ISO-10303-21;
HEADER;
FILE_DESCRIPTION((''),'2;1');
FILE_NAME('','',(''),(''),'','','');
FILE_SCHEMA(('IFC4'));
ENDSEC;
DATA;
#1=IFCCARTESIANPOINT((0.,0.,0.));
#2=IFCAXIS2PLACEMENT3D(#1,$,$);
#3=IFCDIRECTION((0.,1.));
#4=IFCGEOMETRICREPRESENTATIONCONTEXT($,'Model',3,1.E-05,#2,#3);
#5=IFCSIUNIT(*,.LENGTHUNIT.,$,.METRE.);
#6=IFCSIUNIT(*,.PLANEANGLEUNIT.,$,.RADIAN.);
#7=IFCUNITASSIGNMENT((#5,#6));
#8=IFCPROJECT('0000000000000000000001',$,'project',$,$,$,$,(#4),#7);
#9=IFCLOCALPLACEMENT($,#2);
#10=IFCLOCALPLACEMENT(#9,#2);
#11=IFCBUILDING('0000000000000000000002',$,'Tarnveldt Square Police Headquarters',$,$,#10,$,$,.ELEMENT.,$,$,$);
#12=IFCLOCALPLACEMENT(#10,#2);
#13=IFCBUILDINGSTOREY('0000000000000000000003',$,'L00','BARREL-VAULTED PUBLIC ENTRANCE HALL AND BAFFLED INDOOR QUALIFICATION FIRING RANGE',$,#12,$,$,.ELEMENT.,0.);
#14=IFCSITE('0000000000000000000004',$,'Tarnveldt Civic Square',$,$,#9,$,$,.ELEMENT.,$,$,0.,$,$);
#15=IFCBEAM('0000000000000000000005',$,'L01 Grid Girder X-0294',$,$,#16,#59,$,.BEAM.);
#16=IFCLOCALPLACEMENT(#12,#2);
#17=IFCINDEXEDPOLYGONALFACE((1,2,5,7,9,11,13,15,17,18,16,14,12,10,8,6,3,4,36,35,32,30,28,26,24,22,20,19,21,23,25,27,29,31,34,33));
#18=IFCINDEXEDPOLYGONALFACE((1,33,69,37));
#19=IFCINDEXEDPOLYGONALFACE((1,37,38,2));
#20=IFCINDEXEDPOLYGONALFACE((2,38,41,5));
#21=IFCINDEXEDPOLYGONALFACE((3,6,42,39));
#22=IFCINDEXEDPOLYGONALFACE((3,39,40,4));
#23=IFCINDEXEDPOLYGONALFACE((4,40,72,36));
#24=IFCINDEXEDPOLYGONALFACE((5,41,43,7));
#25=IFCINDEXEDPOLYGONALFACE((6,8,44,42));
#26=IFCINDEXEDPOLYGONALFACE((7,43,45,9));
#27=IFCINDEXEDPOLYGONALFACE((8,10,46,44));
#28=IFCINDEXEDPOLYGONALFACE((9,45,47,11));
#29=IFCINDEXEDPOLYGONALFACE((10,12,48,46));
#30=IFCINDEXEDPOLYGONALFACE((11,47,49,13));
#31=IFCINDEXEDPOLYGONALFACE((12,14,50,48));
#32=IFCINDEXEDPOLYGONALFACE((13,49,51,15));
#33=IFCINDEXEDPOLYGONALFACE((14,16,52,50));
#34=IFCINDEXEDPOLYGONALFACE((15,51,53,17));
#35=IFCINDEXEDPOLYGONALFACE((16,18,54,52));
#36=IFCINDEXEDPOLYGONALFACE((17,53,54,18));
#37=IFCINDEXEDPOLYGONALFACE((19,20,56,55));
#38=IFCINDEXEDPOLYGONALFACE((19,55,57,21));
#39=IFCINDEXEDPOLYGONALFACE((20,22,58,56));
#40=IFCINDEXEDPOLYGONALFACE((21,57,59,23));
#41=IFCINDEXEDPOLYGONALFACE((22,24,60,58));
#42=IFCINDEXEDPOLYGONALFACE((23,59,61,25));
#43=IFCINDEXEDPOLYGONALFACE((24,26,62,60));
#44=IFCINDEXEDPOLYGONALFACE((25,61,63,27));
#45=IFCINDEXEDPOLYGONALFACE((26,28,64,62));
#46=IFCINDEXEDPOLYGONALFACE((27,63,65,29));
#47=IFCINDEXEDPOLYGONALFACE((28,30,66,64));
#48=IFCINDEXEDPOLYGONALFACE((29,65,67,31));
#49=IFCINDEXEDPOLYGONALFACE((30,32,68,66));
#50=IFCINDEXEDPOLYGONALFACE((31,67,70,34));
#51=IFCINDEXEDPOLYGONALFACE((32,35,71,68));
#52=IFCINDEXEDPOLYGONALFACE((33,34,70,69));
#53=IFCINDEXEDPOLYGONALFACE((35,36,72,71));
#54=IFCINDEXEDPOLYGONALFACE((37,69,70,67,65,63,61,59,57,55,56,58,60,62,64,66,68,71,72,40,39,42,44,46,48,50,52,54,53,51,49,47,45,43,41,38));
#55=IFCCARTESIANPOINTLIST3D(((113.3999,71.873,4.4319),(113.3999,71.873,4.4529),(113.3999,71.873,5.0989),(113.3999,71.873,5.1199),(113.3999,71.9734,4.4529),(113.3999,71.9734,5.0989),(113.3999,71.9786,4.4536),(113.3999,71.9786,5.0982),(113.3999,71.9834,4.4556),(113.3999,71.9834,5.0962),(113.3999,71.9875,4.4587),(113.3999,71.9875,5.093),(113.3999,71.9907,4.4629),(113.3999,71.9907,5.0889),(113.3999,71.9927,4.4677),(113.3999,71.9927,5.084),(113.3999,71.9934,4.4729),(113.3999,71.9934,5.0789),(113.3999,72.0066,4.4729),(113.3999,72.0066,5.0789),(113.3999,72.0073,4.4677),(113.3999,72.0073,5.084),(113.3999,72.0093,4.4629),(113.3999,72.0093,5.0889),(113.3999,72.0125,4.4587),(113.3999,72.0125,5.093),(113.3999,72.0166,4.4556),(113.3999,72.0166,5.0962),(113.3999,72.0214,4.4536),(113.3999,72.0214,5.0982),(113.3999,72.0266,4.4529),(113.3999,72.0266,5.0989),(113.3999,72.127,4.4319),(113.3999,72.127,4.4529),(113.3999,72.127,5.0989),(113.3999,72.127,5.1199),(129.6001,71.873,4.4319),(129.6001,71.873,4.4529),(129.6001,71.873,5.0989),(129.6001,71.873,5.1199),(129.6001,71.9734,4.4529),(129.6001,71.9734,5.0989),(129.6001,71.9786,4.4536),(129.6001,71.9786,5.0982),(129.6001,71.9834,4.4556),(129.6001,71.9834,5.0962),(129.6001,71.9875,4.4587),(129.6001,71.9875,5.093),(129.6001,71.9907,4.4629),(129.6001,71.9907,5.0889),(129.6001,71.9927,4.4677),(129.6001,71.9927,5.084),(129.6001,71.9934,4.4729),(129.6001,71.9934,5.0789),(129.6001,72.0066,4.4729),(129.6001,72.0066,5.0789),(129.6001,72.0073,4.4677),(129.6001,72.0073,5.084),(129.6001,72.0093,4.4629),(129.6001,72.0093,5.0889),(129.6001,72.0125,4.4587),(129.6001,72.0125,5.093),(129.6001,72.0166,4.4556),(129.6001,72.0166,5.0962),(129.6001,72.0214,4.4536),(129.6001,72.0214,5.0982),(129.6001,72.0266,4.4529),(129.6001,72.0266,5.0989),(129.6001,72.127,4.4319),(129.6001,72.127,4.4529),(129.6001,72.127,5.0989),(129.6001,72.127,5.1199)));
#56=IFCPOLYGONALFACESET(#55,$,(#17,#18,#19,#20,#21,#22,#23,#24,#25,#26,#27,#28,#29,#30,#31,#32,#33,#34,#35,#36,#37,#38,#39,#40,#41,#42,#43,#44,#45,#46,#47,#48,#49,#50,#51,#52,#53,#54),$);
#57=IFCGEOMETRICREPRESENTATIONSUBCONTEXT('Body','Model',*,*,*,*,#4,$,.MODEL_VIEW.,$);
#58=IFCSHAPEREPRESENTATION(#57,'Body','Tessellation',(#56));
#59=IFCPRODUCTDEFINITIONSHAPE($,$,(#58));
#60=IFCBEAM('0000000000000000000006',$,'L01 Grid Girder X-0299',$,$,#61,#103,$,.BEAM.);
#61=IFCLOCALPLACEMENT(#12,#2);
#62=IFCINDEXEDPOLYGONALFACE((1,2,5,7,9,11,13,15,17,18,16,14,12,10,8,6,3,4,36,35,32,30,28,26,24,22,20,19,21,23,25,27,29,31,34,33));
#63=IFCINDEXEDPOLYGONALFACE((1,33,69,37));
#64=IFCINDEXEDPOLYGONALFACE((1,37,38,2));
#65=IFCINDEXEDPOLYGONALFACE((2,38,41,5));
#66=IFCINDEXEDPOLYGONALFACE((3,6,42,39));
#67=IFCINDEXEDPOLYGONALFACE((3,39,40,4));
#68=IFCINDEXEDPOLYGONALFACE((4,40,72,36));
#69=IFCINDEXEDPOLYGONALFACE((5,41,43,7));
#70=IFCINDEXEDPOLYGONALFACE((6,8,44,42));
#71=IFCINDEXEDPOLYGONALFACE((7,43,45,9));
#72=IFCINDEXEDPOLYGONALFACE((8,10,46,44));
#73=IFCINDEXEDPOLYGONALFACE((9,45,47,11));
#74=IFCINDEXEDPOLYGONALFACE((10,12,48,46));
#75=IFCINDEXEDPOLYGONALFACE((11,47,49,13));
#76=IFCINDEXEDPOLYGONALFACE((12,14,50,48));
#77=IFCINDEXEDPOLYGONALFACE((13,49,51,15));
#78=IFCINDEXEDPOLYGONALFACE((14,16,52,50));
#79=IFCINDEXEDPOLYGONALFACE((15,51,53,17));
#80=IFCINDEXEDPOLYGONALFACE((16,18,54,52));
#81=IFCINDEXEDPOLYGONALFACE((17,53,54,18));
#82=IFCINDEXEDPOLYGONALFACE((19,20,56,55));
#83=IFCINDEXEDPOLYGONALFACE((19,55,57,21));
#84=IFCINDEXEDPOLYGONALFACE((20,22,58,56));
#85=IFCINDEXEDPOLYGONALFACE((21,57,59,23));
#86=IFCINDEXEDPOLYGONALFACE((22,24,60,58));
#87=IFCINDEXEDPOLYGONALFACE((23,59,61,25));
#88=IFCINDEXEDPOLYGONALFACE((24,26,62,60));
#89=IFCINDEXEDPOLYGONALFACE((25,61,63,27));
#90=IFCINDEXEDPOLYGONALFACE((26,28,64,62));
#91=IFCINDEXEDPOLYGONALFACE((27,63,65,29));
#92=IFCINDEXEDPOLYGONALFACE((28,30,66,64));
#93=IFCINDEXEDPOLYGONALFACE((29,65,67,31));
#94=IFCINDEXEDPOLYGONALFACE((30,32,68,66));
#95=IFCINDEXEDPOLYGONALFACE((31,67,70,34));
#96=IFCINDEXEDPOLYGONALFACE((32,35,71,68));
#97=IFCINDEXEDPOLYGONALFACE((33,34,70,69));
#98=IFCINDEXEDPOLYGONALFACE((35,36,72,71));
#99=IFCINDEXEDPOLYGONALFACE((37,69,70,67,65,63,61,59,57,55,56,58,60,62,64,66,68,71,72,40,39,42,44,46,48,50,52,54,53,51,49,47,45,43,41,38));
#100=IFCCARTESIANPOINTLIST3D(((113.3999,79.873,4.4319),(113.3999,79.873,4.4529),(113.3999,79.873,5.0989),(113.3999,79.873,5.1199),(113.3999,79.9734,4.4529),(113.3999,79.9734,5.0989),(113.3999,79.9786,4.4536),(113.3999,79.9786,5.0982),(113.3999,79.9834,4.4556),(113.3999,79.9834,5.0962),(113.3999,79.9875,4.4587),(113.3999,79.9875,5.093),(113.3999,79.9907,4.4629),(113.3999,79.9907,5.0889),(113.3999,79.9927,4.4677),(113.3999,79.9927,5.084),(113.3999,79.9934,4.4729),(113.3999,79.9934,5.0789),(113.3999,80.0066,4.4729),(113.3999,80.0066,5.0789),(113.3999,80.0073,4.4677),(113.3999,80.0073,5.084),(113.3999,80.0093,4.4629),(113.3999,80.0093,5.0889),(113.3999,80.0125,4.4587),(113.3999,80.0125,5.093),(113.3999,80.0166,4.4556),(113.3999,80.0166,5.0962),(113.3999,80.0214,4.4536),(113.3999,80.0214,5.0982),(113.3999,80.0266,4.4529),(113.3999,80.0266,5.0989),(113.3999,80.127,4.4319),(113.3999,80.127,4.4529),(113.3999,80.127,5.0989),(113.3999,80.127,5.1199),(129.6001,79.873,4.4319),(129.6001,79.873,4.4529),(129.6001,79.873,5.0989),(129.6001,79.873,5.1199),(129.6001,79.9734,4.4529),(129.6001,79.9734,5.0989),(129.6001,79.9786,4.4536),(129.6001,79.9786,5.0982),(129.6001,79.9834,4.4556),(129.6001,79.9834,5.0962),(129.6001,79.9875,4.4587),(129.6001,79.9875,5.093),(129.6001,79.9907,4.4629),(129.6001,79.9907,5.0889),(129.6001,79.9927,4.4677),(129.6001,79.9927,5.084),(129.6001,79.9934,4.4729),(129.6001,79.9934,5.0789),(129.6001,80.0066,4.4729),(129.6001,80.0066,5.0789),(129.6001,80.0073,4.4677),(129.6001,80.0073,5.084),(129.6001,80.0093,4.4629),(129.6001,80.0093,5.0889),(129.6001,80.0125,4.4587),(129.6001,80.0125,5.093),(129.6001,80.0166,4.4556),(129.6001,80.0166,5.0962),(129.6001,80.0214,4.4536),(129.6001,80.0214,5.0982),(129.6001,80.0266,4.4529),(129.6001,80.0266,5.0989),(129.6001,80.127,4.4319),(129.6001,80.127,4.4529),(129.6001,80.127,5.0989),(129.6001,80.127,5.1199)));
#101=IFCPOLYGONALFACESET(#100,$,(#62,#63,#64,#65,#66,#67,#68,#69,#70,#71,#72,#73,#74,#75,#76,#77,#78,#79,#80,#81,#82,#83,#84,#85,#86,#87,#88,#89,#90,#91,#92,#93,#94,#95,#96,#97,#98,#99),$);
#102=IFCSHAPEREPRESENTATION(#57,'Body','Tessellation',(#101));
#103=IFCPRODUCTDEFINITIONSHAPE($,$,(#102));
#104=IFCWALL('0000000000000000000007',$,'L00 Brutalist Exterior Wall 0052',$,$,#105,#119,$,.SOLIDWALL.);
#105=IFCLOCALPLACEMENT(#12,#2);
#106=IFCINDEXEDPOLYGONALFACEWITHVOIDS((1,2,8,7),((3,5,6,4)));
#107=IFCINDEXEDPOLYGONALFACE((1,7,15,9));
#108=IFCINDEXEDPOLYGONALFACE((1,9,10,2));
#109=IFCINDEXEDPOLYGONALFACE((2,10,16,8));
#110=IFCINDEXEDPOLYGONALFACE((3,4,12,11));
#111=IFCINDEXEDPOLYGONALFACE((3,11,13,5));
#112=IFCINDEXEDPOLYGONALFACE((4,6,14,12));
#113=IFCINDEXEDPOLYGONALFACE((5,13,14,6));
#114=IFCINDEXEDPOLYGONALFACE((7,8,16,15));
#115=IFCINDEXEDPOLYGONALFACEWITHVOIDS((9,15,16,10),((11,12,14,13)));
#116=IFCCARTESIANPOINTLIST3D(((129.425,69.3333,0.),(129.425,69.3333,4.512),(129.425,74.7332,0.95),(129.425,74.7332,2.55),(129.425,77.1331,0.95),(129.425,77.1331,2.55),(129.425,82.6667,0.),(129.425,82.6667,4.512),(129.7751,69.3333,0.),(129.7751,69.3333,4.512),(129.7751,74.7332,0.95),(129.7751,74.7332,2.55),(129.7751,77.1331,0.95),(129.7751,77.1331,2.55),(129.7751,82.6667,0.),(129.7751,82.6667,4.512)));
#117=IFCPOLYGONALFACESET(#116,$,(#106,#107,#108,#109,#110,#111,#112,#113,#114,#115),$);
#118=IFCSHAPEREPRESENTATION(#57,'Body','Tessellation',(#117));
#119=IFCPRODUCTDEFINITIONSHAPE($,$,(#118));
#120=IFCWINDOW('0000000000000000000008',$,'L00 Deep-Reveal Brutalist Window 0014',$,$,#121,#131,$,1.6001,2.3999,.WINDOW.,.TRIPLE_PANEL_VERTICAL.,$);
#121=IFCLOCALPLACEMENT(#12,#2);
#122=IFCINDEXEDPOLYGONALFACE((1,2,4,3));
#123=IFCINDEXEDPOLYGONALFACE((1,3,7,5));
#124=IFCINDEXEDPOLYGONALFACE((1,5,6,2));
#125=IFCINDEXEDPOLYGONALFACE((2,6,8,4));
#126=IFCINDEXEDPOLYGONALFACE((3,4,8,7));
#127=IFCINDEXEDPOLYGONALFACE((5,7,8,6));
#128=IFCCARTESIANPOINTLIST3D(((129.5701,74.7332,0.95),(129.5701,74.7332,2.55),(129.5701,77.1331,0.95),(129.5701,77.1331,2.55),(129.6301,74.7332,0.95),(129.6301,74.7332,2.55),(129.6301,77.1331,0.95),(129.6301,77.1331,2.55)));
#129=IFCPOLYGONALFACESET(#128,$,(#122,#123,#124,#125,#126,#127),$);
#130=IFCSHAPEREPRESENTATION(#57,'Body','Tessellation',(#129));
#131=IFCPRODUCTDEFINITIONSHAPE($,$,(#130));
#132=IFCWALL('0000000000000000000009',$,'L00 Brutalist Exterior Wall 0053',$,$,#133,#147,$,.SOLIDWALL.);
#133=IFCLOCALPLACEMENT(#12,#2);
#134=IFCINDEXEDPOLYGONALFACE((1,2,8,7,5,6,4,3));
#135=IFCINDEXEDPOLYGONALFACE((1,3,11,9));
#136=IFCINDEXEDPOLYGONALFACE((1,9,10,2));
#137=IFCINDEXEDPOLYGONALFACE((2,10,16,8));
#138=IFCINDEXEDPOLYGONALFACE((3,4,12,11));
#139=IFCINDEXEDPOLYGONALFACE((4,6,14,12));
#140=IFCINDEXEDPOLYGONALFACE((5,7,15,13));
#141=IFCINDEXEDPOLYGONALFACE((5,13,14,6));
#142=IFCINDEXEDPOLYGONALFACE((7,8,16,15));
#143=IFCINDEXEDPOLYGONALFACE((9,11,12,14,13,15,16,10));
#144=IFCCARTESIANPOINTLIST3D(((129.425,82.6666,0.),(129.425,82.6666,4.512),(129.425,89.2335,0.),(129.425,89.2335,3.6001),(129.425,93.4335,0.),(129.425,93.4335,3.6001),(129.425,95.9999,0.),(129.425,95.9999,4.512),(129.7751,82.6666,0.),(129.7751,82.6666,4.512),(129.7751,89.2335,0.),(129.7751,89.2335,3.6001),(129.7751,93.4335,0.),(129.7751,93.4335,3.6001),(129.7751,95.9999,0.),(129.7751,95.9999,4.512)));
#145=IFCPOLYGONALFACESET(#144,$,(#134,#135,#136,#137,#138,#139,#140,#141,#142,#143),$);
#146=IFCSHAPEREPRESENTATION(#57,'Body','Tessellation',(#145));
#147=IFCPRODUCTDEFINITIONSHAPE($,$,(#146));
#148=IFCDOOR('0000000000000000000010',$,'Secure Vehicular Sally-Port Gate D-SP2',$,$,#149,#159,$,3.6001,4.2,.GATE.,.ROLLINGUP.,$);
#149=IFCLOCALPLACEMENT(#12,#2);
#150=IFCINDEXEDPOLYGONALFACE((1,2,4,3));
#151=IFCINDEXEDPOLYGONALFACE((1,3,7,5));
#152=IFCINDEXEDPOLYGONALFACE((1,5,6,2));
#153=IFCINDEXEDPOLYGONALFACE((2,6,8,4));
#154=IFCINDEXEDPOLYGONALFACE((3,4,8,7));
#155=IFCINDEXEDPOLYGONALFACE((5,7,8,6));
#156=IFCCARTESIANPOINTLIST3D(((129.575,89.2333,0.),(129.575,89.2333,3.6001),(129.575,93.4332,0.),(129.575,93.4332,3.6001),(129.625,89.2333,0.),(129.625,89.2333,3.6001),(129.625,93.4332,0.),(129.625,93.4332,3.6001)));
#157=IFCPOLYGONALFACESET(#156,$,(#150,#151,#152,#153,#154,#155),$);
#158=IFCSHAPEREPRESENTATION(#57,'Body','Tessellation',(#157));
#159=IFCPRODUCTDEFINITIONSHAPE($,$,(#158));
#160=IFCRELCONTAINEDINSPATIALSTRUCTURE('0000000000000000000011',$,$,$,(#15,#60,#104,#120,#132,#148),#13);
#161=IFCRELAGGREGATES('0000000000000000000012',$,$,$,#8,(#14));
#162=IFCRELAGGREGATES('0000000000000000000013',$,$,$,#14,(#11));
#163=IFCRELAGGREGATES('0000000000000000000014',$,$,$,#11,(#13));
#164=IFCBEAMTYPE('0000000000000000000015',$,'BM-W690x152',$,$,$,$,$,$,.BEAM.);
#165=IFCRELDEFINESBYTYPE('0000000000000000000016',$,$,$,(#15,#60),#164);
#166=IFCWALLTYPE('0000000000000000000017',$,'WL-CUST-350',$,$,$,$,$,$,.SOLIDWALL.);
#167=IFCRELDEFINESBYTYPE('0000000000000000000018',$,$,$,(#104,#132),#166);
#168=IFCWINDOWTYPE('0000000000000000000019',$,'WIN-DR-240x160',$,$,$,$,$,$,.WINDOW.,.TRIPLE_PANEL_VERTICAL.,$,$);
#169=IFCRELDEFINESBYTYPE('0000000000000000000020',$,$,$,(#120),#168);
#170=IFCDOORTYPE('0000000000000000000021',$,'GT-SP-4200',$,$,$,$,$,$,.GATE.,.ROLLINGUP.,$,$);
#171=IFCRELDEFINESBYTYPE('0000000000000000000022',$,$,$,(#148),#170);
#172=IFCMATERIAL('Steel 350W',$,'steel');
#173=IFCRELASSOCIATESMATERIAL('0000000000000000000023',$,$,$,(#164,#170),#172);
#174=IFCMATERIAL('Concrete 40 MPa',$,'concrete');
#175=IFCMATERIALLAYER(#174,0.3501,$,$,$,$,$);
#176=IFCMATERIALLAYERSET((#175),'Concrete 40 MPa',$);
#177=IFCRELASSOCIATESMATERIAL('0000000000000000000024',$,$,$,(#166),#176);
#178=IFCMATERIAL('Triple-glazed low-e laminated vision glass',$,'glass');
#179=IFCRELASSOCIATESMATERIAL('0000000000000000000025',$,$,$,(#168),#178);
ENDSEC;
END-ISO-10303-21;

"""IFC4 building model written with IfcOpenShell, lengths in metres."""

from ifc_helpers import new_model, si_unit, direction, frame, frame_2d, origin, origin_2d, place, context, subcontext, project, spatial, rectangle, i_section, extrude, material, layer, layer_set, material_profile, profile_set, type_object, element, fill, save


model = new_model("IFC4")

# Units and contexts
model_context = context("Model", 3, precision=1e-05, world=origin(), true_north=direction((0.0, 1.0)))
body_context = subcontext(model_context, "Body", "Model", "MODEL_VIEW")
ifc_project = project(units=[si_unit("LENGTHUNIT", "METRE"), si_unit("PLANEANGLEUNIT", "RADIAN")], contexts=[model_context])

# Site, building, storey
site_placement = place(None, origin())
site = spatial("IfcSite", under=ifc_project, at=site_placement, Name="Tarnveldt Civic Square", CompositionType="ELEMENT", RefElevation=0.0)
building_placement = place(site_placement, origin())
building = spatial("IfcBuilding", under=site, at=building_placement, Name="Tarnveldt Square Police Headquarters", CompositionType="ELEMENT")
storey_placement = place(building_placement, origin())
storey = spatial("IfcBuildingStorey", under=building, at=storey_placement, Name="L00", Description="BARREL-VAULTED PUBLIC ENTRANCE HALL AND BAFFLED INDOOR QUALIFICATION FIRING RANGE", CompositionType="ELEMENT", Elevation=0.0)

# Beams
ifc_material_1 = material(Name="Concrete 40 MPa", Category="concrete")
ifc_material_2 = material(Name="Steel 350W", Category="steel")
ifc_material_profile_1 = material_profile(ifc_material_2, i_section(OverallWidth=0.2539, OverallDepth=0.688, WebThickness=0.0132, FlangeThickness=0.021, FilletRadius=0.02, at=origin_2d()), Name="W690x152")
ifc_profile_set_1 = profile_set([ifc_material_profile_1], Name="Steel 350W")
beam_type_1 = type_object("IfcBeamType", Name="BM-W690x152", PredefinedType="BEAM", material=ifc_profile_set_1)
for number, where, z_axis, x_axis, name in (
    (1, (113.3999, 72.0, 4.7759), (1.0, 0.0, 0.0), (0.0, 1.0, 0.0), "L01 Grid Girder X-0294"),
    (2, (113.3999, 80.0, 4.7759), (1.0, 0.0, 0.0), (0.0, 1.0, 0.0), "L01 Grid Girder X-0299"),
):
    element("IfcBeam", number, at=place(storey_placement, frame(where, z_axis=z_axis, x_axis=x_axis)), inside=storey, type_object=beam_type_1, Name=name, PredefinedType="BEAM", context=body_context, shape_type="SweptSolid", body=[
        extrude(i_section(OverallWidth=0.2539, OverallDepth=0.688, WebThickness=0.0132, FlangeThickness=0.021, FilletRadius=0.02, at=origin_2d()), origin(), (0.0, 0.0, 1.0), 16.2002),
    ])

# Wall, opening, window
ifc_layer = layer(ifc_material_1, 0.3501)
ifc_layer_set = layer_set([ifc_layer], Name="Concrete 40 MPa")
wall_type = type_object("IfcWallType", Name="WL-CUST-350", PredefinedType="SOLIDWALL", material=ifc_layer_set)
wall_1_placement = place(storey_placement, frame((129.6001, 69.3333, 0.0), z_axis=(0.0, 0.0, 1.0), x_axis=(0.0, 1.0, 0.0)))
wall_1 = element("IfcWall", 3, at=wall_1_placement, inside=storey, type_object=wall_type, Name="L00 Brutalist Exterior Wall 0052", PredefinedType="SOLIDWALL", context=body_context, shape_type="SweptSolid", body=[
    extrude(rectangle(XDim=13.3335, YDim=0.3501, at=frame_2d((6.6667, 0.0))), origin(), (0.0, 0.0, 1.0), 4.512),
])
opening_1_placement = place(wall_1_placement, frame((5.3999, 0.0, 0.95)))
opening_1 = element("IfcOpeningElement", 4, at=opening_1_placement, cuts=wall_1, PredefinedType="OPENING", context=body_context, shape_type="SweptSolid", body=[
    extrude(rectangle(XDim=2.3999, YDim=1.6001, at=frame_2d((1.2, 0.8))), frame((0.0, 0.1851, 0.0), z_axis=(0.0, -1.0, 0.0), x_axis=(1.0, 0.0, 0.0)), (0.0, 0.0, 1.0), 0.3701),
])
ifc_material_3 = material(Name="Triple-glazed low-e laminated vision glass", Category="glass")
window_type = type_object("IfcWindowType", Name="WIN-DR-240x160", PartitioningType="TRIPLE_PANEL_VERTICAL", PredefinedType="WINDOW", material=ifc_material_3)
window_placement = place(opening_1_placement, origin())
window = element("IfcWindow", 5, at=window_placement, inside=storey, type_object=window_type, Name="L00 Deep-Reveal Brutalist Window 0014", OverallHeight=1.6001, OverallWidth=2.3999, PartitioningType="TRIPLE_PANEL_VERTICAL", PredefinedType="WINDOW", context=body_context, shape_type="SweptSolid", body=[
    extrude(rectangle(XDim=2.3999, YDim=1.6001, at=frame_2d((1.2, 0.8))), frame((0.0, 0.03, 0.0), z_axis=(0.0, -1.0, 0.0), x_axis=(1.0, 0.0, 0.0)), (0.0, 0.0, 1.0), 0.0601),
])
fill(opening_1, window)

# Wall, opening, door
wall_2_placement = place(storey_placement, frame((129.6001, 82.6667, 0.0), z_axis=(0.0, 0.0, 1.0), x_axis=(0.0, 1.0, 0.0)))
wall_2 = element("IfcWall", 6, at=wall_2_placement, inside=storey, type_object=wall_type, Name="L00 Brutalist Exterior Wall 0053", PredefinedType="SOLIDWALL", context=body_context, shape_type="SweptSolid", body=[
    extrude(rectangle(XDim=13.3333, YDim=0.3501, at=frame_2d((6.6665, 0.0))), origin(), (0.0, 0.0, 1.0), 4.512),
])
opening_2_placement = place(wall_2_placement, frame((6.5667, 0.0, 0.0)))
opening_2 = element("IfcOpeningElement", 7, at=opening_2_placement, cuts=wall_2, PredefinedType="OPENING", context=body_context, shape_type="SweptSolid", body=[
    extrude(rectangle(XDim=4.2, YDim=3.6001, at=frame_2d((2.1001, 1.8))), frame((0.0, 0.1851, 0.0), z_axis=(0.0, -1.0, 0.0), x_axis=(1.0, 0.0, 0.0)), (0.0, 0.0, 1.0), 0.3701),
])
door_type_1 = type_object("IfcDoorType", Name="GT-SP-4200", OperationType="ROLLINGUP", PredefinedType="GATE", material=ifc_material_2)
door_1_placement = place(opening_2_placement, frame((4.2, 0.0, 0.0), z_axis=(0.0, 0.0, 1.0), x_axis=(-1.0, 0.0, 0.0)))
door_1 = element("IfcDoor", 8, at=door_1_placement, inside=storey, type_object=door_type_1, Name="Secure Vehicular Sally-Port Gate D-SP2", OperationType="ROLLINGUP", OverallHeight=3.6001, OverallWidth=4.2, PredefinedType="GATE", context=body_context, shape_type="SweptSolid", body=[
    extrude(rectangle(XDim=4.2, YDim=3.6001, at=frame_2d((2.1001, 1.8))), frame((0.0, 0.0249, 0.0), z_axis=(0.0, -1.0, 0.0), x_axis=(1.0, 0.0, 0.0)), (0.0, 0.0, 1.0), 0.05),
])
fill(opening_2, door_1)

save(model, "model.ifc")
